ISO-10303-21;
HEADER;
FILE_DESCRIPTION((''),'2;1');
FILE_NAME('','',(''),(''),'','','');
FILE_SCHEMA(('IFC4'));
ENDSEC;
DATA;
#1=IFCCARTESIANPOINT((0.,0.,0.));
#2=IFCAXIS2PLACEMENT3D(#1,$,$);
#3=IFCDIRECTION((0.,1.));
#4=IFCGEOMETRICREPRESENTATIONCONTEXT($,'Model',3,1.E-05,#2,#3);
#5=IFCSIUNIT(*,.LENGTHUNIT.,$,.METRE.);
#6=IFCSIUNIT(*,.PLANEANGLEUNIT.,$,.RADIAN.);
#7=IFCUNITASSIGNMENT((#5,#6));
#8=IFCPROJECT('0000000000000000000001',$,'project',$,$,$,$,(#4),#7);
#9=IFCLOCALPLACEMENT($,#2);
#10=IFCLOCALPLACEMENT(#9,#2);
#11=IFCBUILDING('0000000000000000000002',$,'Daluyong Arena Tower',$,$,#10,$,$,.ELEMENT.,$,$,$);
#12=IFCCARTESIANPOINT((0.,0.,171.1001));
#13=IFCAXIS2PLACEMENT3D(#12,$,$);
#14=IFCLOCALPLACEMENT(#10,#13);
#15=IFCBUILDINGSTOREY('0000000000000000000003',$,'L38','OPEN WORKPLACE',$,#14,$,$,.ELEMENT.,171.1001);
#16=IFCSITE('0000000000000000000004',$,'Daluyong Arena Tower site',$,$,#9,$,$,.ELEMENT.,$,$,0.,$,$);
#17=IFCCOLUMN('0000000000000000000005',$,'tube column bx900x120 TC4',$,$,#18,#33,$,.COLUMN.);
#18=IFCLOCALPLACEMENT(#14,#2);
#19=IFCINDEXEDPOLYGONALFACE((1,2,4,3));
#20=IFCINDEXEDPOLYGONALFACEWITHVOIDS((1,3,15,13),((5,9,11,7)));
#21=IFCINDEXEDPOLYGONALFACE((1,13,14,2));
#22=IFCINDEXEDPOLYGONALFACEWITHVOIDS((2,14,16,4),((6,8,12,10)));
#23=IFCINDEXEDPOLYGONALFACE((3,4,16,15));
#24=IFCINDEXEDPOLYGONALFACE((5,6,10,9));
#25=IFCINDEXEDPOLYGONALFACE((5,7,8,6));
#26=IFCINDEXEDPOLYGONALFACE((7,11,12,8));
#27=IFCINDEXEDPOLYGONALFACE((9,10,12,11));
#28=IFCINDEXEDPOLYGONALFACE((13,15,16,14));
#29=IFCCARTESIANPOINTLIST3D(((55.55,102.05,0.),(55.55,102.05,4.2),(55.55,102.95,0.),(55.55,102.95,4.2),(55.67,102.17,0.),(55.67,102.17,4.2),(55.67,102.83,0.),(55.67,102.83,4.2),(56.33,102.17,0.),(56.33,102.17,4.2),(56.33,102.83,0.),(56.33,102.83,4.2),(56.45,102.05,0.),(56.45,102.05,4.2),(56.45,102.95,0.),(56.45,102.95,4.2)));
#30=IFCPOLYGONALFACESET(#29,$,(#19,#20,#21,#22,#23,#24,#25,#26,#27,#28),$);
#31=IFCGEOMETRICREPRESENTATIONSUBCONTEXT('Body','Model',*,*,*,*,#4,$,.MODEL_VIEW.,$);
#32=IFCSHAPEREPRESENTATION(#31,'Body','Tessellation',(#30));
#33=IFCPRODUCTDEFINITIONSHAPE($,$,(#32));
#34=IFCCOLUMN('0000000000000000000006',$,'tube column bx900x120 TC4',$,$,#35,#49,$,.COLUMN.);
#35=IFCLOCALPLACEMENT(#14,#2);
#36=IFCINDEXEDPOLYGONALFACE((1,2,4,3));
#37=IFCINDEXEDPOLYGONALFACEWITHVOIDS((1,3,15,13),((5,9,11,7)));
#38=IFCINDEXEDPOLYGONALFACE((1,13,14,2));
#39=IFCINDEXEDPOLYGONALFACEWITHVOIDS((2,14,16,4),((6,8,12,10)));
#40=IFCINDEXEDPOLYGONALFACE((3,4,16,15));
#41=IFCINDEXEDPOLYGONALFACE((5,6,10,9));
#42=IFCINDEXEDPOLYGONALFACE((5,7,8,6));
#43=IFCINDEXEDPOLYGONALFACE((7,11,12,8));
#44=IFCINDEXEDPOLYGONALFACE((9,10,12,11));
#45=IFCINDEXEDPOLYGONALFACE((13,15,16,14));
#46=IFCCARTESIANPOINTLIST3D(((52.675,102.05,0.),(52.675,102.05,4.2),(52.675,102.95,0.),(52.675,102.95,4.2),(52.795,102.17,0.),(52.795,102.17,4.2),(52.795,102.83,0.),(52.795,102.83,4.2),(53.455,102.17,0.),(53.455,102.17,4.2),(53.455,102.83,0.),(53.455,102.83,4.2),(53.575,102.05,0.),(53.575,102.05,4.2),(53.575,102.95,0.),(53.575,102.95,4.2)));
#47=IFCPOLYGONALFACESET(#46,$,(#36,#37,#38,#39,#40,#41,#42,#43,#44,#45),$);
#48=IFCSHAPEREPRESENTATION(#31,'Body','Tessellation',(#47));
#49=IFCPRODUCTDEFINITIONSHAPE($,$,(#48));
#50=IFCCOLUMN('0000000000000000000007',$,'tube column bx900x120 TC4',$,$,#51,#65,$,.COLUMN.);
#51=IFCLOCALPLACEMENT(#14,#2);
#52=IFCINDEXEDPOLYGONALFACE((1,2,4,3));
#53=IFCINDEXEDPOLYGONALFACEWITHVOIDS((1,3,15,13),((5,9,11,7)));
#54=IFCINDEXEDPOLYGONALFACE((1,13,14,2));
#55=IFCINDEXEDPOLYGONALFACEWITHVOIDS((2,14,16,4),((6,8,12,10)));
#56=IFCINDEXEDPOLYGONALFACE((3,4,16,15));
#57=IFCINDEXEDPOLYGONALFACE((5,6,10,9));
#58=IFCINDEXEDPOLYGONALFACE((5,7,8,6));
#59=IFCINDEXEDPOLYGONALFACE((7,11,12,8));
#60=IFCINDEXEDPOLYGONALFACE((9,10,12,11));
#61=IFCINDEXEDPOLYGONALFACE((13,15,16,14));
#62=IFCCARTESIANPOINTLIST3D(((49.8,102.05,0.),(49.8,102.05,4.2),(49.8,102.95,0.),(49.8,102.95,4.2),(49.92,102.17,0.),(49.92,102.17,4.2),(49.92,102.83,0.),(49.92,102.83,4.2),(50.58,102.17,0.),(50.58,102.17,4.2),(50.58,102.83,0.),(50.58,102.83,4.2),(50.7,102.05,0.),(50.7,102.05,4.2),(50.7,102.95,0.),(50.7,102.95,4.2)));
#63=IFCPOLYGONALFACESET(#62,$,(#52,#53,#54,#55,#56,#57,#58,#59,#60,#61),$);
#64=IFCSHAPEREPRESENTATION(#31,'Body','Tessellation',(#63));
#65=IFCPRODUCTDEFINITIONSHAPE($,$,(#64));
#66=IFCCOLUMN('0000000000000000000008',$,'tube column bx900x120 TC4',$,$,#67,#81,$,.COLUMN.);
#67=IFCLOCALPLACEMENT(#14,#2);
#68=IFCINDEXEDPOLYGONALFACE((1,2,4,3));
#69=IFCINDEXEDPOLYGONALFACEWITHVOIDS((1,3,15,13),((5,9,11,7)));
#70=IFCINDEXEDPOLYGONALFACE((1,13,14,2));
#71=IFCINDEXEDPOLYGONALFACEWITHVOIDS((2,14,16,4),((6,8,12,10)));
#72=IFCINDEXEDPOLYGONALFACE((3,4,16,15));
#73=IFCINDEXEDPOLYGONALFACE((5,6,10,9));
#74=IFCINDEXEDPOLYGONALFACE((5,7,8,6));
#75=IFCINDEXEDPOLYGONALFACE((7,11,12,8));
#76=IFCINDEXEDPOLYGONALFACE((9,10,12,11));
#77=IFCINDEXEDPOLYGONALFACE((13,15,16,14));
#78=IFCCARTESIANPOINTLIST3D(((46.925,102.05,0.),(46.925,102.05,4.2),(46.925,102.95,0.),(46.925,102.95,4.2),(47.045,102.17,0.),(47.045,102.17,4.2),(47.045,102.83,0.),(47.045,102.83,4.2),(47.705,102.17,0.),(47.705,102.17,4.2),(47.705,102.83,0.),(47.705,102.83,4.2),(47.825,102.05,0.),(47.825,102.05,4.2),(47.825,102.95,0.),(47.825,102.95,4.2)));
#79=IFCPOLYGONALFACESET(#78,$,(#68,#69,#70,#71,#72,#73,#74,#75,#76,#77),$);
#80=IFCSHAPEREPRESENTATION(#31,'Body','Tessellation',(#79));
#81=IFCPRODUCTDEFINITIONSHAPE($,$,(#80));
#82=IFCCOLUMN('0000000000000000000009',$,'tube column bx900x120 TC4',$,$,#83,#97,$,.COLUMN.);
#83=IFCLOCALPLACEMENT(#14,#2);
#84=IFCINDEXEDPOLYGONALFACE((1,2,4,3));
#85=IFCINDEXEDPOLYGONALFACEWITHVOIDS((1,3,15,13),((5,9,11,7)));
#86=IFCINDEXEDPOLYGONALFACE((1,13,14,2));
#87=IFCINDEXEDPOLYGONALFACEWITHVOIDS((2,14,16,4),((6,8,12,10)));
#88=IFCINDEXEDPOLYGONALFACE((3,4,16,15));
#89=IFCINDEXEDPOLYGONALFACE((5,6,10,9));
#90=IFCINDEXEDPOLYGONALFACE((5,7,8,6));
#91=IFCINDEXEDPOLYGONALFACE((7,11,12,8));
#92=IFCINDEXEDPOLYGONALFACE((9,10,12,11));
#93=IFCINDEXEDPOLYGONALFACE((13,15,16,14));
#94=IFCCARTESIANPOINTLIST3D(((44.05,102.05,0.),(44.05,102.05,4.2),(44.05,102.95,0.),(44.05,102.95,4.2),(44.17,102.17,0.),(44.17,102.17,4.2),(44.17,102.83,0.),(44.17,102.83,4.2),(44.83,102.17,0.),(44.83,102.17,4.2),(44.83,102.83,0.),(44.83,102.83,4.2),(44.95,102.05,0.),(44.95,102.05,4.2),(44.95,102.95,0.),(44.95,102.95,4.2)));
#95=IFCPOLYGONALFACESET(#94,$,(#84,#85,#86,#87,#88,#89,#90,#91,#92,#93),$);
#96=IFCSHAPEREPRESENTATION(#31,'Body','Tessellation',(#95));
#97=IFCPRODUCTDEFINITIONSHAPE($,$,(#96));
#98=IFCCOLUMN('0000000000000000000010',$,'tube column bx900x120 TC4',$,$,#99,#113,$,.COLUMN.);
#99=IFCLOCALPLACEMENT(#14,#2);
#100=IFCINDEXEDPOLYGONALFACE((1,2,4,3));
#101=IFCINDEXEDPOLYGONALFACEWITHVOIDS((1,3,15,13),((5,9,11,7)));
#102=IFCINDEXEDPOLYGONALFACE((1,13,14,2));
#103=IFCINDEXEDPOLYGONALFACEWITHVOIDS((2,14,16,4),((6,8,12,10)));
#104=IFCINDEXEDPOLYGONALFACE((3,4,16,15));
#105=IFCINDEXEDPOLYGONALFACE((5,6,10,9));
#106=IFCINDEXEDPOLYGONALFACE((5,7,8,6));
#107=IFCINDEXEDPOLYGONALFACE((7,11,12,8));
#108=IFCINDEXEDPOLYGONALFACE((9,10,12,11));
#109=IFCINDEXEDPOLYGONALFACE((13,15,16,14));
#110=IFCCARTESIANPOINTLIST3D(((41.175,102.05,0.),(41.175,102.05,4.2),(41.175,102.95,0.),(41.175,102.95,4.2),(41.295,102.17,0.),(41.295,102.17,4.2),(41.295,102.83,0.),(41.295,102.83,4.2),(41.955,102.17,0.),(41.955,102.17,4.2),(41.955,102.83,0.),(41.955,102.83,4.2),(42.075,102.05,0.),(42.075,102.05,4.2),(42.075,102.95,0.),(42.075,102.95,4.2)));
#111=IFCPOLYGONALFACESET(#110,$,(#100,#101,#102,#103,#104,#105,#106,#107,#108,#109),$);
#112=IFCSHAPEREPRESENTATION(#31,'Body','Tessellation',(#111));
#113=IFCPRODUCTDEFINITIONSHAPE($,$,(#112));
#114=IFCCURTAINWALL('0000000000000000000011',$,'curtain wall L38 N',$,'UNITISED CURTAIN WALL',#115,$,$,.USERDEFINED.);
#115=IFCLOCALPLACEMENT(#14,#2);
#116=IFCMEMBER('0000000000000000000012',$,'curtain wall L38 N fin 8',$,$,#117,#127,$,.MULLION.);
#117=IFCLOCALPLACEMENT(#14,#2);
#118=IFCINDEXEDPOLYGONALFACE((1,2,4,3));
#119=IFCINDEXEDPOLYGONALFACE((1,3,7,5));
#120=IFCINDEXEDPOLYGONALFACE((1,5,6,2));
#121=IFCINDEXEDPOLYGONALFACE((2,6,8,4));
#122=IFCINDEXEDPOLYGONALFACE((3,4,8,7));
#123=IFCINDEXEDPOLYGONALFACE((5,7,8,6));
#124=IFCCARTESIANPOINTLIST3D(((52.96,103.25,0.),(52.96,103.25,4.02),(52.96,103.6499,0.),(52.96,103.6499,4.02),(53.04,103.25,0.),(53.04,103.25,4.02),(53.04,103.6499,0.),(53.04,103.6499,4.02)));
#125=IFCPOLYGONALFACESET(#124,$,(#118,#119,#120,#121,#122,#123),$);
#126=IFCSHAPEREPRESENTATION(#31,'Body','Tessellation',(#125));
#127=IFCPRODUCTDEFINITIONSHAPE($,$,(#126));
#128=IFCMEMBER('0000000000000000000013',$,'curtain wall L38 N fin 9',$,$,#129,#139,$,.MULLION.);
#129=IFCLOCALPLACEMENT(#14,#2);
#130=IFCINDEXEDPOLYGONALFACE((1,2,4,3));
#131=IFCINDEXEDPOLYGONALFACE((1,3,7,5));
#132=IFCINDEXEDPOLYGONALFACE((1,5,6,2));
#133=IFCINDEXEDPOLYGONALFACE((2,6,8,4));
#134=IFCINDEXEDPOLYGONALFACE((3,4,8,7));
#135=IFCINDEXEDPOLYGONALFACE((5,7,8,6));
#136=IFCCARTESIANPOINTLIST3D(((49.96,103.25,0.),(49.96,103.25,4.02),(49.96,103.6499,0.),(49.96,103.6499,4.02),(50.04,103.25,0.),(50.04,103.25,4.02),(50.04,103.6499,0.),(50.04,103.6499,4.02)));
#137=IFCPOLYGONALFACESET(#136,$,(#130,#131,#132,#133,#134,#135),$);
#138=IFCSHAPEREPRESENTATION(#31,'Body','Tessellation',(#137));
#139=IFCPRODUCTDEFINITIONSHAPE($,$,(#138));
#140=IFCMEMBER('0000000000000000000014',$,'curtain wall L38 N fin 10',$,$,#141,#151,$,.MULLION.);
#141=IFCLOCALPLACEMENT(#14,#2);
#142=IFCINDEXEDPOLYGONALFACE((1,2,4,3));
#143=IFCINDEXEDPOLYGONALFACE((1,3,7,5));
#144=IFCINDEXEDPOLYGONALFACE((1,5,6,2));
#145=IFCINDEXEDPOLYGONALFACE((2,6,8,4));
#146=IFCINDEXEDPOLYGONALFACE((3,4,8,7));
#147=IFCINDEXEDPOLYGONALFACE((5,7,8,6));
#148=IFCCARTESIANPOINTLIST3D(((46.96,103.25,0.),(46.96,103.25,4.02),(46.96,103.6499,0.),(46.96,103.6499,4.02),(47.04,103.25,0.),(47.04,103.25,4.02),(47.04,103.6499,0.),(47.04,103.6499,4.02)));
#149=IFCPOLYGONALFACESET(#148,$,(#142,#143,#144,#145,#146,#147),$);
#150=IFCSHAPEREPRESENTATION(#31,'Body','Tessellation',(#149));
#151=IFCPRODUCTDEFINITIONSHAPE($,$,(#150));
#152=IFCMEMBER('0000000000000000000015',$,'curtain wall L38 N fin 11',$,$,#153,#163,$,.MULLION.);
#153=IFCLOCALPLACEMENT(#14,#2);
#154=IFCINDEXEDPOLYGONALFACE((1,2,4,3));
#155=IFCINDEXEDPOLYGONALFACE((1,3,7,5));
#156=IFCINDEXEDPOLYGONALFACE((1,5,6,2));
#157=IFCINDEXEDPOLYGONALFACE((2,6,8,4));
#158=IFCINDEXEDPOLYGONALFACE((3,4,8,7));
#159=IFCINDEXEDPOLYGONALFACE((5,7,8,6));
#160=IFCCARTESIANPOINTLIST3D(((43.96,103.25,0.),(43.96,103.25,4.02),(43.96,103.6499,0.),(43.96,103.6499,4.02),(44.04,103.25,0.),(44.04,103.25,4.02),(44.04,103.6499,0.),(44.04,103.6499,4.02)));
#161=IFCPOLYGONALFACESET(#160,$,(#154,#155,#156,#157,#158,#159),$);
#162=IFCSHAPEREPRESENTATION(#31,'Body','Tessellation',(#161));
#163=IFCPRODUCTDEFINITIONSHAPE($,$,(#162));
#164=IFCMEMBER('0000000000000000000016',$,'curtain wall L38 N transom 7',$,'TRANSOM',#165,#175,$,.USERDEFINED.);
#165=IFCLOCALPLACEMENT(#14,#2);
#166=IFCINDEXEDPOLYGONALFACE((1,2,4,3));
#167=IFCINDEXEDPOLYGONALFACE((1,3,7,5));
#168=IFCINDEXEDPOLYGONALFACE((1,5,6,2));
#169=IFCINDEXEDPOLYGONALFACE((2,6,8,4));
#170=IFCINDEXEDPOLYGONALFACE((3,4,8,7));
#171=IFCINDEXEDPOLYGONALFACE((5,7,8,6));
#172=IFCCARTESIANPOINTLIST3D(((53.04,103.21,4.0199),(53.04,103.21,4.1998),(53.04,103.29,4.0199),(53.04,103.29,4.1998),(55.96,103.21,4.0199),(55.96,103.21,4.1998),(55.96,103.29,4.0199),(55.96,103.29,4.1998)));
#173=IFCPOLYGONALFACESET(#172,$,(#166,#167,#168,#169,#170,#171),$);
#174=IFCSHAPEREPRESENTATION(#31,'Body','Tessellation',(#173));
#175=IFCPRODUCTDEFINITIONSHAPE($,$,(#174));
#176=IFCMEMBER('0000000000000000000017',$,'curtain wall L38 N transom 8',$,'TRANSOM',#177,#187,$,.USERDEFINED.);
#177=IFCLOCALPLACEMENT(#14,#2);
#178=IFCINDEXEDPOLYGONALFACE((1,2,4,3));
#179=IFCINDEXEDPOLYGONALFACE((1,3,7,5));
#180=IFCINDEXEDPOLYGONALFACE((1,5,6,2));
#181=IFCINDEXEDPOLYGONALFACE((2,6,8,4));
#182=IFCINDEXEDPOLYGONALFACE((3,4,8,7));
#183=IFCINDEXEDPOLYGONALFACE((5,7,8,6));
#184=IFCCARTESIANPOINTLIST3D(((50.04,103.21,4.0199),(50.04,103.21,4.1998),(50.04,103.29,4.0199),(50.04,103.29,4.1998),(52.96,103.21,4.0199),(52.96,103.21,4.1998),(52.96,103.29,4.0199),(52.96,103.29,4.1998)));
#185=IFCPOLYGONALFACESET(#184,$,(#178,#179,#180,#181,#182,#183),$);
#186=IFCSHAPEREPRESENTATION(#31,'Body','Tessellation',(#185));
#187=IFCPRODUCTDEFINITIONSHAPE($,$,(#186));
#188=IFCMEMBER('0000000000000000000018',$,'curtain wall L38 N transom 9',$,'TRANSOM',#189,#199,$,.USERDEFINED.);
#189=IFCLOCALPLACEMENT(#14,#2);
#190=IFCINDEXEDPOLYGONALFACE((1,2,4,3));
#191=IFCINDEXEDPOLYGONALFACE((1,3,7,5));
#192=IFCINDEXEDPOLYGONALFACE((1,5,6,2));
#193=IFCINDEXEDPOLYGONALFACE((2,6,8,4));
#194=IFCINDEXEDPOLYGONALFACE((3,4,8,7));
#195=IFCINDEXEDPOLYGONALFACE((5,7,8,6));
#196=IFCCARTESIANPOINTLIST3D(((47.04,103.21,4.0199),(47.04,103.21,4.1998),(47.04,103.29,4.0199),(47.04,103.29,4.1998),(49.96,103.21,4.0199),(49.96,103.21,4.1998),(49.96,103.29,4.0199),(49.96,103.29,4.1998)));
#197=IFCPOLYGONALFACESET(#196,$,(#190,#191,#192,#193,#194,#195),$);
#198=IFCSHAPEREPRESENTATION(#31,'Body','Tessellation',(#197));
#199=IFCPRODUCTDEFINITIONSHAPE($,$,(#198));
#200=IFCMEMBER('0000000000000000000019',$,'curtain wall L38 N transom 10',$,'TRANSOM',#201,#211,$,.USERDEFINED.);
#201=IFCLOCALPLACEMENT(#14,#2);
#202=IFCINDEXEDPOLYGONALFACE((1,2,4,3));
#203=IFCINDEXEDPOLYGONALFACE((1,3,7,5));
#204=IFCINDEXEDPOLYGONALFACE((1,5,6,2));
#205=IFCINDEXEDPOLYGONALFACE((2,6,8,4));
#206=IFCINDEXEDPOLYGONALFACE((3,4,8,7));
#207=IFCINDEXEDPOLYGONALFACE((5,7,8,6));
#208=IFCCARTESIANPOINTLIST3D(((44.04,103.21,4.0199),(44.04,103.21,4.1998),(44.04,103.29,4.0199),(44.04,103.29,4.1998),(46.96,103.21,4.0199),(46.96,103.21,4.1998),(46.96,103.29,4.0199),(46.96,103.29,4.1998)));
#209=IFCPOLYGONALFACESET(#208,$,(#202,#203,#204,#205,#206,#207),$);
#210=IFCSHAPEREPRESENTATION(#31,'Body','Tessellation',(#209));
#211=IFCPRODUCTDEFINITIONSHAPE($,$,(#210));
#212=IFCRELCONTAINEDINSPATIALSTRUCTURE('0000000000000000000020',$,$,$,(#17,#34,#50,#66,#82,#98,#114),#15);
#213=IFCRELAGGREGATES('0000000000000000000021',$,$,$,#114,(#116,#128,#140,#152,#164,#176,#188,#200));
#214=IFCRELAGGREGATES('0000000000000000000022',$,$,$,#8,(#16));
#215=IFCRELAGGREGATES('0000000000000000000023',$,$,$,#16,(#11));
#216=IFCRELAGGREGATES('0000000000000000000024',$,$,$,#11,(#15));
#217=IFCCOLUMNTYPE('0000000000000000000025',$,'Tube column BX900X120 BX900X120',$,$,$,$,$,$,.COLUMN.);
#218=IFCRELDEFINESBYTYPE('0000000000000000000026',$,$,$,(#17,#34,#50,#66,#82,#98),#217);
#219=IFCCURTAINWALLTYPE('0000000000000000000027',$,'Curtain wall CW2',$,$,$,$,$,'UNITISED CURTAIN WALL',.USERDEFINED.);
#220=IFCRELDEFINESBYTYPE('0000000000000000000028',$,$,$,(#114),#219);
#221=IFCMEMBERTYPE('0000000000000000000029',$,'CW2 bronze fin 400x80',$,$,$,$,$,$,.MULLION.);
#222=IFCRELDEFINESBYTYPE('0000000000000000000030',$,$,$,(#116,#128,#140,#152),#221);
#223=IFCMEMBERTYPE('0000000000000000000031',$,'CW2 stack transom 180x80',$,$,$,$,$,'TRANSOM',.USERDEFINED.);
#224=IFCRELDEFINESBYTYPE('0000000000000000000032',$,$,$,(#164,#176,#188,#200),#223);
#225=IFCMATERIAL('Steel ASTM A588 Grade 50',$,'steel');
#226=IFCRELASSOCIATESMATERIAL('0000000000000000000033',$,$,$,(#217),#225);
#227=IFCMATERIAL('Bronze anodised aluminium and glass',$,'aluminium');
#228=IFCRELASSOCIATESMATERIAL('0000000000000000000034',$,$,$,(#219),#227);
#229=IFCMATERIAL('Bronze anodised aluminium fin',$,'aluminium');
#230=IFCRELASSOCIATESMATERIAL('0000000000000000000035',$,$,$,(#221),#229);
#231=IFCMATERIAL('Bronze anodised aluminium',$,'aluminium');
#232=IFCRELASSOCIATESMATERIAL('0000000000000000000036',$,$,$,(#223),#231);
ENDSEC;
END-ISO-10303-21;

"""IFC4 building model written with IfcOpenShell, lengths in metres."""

from ifc_helpers import new_model, si_unit, direction, frame, origin, origin_2d, place, context, subcontext, project, spatial, rectangle, hollow_rectangle, extrude, material, material_profile, profile_set, type_object, element, aggregate, save


model = new_model("IFC4")

# Units and contexts
model_context = context("Model", 3, precision=1e-05, world=origin(), true_north=direction((0.0, 1.0)))
body_context = subcontext(model_context, "Body", "Model", "MODEL_VIEW")
ifc_project = project(units=[si_unit("LENGTHUNIT", "METRE"), si_unit("PLANEANGLEUNIT", "RADIAN")], contexts=[model_context])

# Site, building, storey
site_placement = place(None, origin())
site = spatial("IfcSite", under=ifc_project, at=site_placement, Name="Daluyong Arena Tower site", CompositionType="ELEMENT", RefElevation=0.0)
building_placement = place(site_placement, origin())
building = spatial("IfcBuilding", under=site, at=building_placement, Name="Daluyong Arena Tower", CompositionType="ELEMENT")
storey_placement = place(building_placement, frame((0.0, 0.0, 171.1001)))
storey = spatial("IfcBuildingStorey", under=building, at=storey_placement, Name="L38", Description="OPEN WORKPLACE", CompositionType="ELEMENT", Elevation=171.1001)

# Columns
ifc_material_1 = material(Name="Steel ASTM A588 Grade 50", Category="steel")
ifc_material_profile_1 = material_profile(ifc_material_1, hollow_rectangle(XDim=0.8999, YDim=0.8999, WallThickness=0.12, at=origin_2d()))
ifc_profile_set_1 = profile_set([ifc_material_profile_1], Name="Steel ASTM A588 Grade 50")
column_type = type_object("IfcColumnType", Name="Tube column BX900X120 BX900X120", PredefinedType="COLUMN", material=ifc_profile_set_1)
for number, where, z_axis, x_axis, name in (
    (1, (56.0, 102.5, 0.0), (0.0, 0.0, 1.0), (1.0, 0.0, 0.0), "tube column bx900x120 TC4"),
    (2, (53.125, 102.5, 0.0), (0.0, 0.0, 1.0), (1.0, 0.0, 0.0), "tube column bx900x120 TC4"),
    (3, (50.25, 102.5, 0.0), (0.0, 0.0, 1.0), (1.0, 0.0, 0.0), "tube column bx900x120 TC4"),
    (4, (47.375, 102.5, 0.0), (0.0, 0.0, 1.0), (1.0, 0.0, 0.0), "tube column bx900x120 TC4"),
    (5, (44.5, 102.5, 0.0), (0.0, 0.0, 1.0), (1.0, 0.0, 0.0), "tube column bx900x120 TC4"),
    (6, (41.625, 102.5, 0.0), (0.0, 0.0, 1.0), (1.0, 0.0, 0.0), "tube column bx900x120 TC4"),
):
    element("IfcColumn", number, at=place(storey_placement, frame(where, z_axis=z_axis, x_axis=x_axis)), inside=storey, type_object=column_type, Name=name, PredefinedType="COLUMN", context=body_context, shape_type="SweptSolid", body=[
        extrude(hollow_rectangle(XDim=0.8999, YDim=0.8999, WallThickness=0.12, at=origin_2d()), origin(), (0.0, 0.0, 1.0), 4.2),
    ])

# Curtain wall, members
ifc_material_2 = material(Name="Bronze anodised aluminium and glass", Category="aluminium")
curtain_wall_type = type_object("IfcCurtainWallType", Name="Curtain wall CW2", ElementType="UNITISED CURTAIN WALL", PredefinedType="USERDEFINED", material=ifc_material_2)
curtain_wall_placement = place(storey_placement, origin())
curtain_wall = element("IfcCurtainWall", 7, at=curtain_wall_placement, inside=storey, type_object=curtain_wall_type, Name="curtain wall L38 N", ObjectType="UNITISED CURTAIN WALL", PredefinedType="USERDEFINED")
ifc_material_3 = material(Name="Bronze anodised aluminium fin", Category="aluminium")
ifc_material_profile_2 = material_profile(ifc_material_3, rectangle(XDim=0.3999, YDim=0.0801, at=origin_2d()))
ifc_profile_set_2 = profile_set([ifc_material_profile_2], Name="Bronze anodised aluminium fin")
member_type_1 = type_object("IfcMemberType", Name="CW2 bronze fin 400x80", PredefinedType="MULLION", material=ifc_profile_set_2)
member_1_placement = place(storey_placement, frame((53.0, 103.45, 0.0), z_axis=(0.0, 0.0, 1.0), x_axis=(0.0, -1.0, 0.0)))
member_1 = element("IfcMember", 8, at=member_1_placement, type_object=member_type_1, Name="curtain wall L38 N fin 8", PredefinedType="MULLION", context=body_context, shape_type="SweptSolid", body=[
    extrude(rectangle(XDim=0.3999, YDim=0.0801, at=origin_2d()), origin(), (0.0, 0.0, 1.0), 4.02),
])
member_2_placement = place(storey_placement, frame((50.0, 103.45, 0.0), z_axis=(0.0, 0.0, 1.0), x_axis=(0.0, -1.0, 0.0)))
member_2 = element("IfcMember", 9, at=member_2_placement, type_object=member_type_1, Name="curtain wall L38 N fin 9", PredefinedType="MULLION", context=body_context, shape_type="SweptSolid", body=[
    extrude(rectangle(XDim=0.3999, YDim=0.0801, at=origin_2d()), origin(), (0.0, 0.0, 1.0), 4.02),
])
member_3_placement = place(storey_placement, frame((47.0, 103.45, 0.0), z_axis=(0.0, 0.0, 1.0), x_axis=(0.0, -1.0, 0.0)))
member_3 = element("IfcMember", 10, at=member_3_placement, type_object=member_type_1, Name="curtain wall L38 N fin 10", PredefinedType="MULLION", context=body_context, shape_type="SweptSolid", body=[
    extrude(rectangle(XDim=0.3999, YDim=0.0801, at=origin_2d()), origin(), (0.0, 0.0, 1.0), 4.02),
])
member_4_placement = place(storey_placement, frame((44.0, 103.45, 0.0), z_axis=(0.0, 0.0, 1.0), x_axis=(0.0, -1.0, 0.0)))
member_4 = element("IfcMember", 11, at=member_4_placement, type_object=member_type_1, Name="curtain wall L38 N fin 11", PredefinedType="MULLION", context=body_context, shape_type="SweptSolid", body=[
    extrude(rectangle(XDim=0.3999, YDim=0.0801, at=origin_2d()), origin(), (0.0, 0.0, 1.0), 4.02),
])
ifc_material_4 = material(Name="Bronze anodised aluminium", Category="aluminium")
ifc_material_profile_3 = material_profile(ifc_material_4, rectangle(XDim=0.0801, YDim=0.1799, at=origin_2d()))
ifc_profile_set_3 = profile_set([ifc_material_profile_3], Name="Bronze anodised aluminium")
member_type_2 = type_object("IfcMemberType", Name="CW2 stack transom 180x80", ElementType="TRANSOM", PredefinedType="USERDEFINED", material=ifc_profile_set_3)
member_5_placement = place(storey_placement, frame((55.96, 103.25, 4.1099), z_axis=(-1.0, 0.0, 0.0), x_axis=(0.0, -1.0, 0.0)))
member_5 = element("IfcMember", 12, at=member_5_placement, type_object=member_type_2, Name="curtain wall L38 N transom 7", ObjectType="TRANSOM", PredefinedType="USERDEFINED", context=body_context, shape_type="SweptSolid", body=[
    extrude(rectangle(XDim=0.0801, YDim=0.1799, at=origin_2d()), origin(), (0.0, 0.0, 1.0), 2.9199),
])
member_6_placement = place(storey_placement, frame((52.96, 103.25, 4.1099), z_axis=(-1.0, 0.0, 0.0), x_axis=(0.0, -1.0, 0.0)))
member_6 = element("IfcMember", 13, at=member_6_placement, type_object=member_type_2, Name="curtain wall L38 N transom 8", ObjectType="TRANSOM", PredefinedType="USERDEFINED", context=body_context, shape_type="SweptSolid", body=[
    extrude(rectangle(XDim=0.0801, YDim=0.1799, at=origin_2d()), origin(), (0.0, 0.0, 1.0), 2.9199),
])
member_7_placement = place(storey_placement, frame((49.96, 103.25, 4.1099), z_axis=(-1.0, 0.0, 0.0), x_axis=(0.0, -1.0, 0.0)))
member_7 = element("IfcMember", 14, at=member_7_placement, type_object=member_type_2, Name="curtain wall L38 N transom 9", ObjectType="TRANSOM", PredefinedType="USERDEFINED", context=body_context, shape_type="SweptSolid", body=[
    extrude(rectangle(XDim=0.0801, YDim=0.1799, at=origin_2d()), origin(), (0.0, 0.0, 1.0), 2.9199),
])
member_8_placement = place(storey_placement, frame((46.96, 103.25, 4.1099), z_axis=(-1.0, 0.0, 0.0), x_axis=(0.0, -1.0, 0.0)))
member_8 = element("IfcMember", 15, at=member_8_placement, type_object=member_type_2, Name="curtain wall L38 N transom 10", ObjectType="TRANSOM", PredefinedType="USERDEFINED", context=body_context, shape_type="SweptSolid", body=[
    extrude(rectangle(XDim=0.0801, YDim=0.1799, at=origin_2d()), origin(), (0.0, 0.0, 1.0), 2.9199),
])

aggregate(curtain_wall, [member_1, member_2, member_3, member_4, member_5, member_6, member_7, member_8])

save(model, "model.ifc")
